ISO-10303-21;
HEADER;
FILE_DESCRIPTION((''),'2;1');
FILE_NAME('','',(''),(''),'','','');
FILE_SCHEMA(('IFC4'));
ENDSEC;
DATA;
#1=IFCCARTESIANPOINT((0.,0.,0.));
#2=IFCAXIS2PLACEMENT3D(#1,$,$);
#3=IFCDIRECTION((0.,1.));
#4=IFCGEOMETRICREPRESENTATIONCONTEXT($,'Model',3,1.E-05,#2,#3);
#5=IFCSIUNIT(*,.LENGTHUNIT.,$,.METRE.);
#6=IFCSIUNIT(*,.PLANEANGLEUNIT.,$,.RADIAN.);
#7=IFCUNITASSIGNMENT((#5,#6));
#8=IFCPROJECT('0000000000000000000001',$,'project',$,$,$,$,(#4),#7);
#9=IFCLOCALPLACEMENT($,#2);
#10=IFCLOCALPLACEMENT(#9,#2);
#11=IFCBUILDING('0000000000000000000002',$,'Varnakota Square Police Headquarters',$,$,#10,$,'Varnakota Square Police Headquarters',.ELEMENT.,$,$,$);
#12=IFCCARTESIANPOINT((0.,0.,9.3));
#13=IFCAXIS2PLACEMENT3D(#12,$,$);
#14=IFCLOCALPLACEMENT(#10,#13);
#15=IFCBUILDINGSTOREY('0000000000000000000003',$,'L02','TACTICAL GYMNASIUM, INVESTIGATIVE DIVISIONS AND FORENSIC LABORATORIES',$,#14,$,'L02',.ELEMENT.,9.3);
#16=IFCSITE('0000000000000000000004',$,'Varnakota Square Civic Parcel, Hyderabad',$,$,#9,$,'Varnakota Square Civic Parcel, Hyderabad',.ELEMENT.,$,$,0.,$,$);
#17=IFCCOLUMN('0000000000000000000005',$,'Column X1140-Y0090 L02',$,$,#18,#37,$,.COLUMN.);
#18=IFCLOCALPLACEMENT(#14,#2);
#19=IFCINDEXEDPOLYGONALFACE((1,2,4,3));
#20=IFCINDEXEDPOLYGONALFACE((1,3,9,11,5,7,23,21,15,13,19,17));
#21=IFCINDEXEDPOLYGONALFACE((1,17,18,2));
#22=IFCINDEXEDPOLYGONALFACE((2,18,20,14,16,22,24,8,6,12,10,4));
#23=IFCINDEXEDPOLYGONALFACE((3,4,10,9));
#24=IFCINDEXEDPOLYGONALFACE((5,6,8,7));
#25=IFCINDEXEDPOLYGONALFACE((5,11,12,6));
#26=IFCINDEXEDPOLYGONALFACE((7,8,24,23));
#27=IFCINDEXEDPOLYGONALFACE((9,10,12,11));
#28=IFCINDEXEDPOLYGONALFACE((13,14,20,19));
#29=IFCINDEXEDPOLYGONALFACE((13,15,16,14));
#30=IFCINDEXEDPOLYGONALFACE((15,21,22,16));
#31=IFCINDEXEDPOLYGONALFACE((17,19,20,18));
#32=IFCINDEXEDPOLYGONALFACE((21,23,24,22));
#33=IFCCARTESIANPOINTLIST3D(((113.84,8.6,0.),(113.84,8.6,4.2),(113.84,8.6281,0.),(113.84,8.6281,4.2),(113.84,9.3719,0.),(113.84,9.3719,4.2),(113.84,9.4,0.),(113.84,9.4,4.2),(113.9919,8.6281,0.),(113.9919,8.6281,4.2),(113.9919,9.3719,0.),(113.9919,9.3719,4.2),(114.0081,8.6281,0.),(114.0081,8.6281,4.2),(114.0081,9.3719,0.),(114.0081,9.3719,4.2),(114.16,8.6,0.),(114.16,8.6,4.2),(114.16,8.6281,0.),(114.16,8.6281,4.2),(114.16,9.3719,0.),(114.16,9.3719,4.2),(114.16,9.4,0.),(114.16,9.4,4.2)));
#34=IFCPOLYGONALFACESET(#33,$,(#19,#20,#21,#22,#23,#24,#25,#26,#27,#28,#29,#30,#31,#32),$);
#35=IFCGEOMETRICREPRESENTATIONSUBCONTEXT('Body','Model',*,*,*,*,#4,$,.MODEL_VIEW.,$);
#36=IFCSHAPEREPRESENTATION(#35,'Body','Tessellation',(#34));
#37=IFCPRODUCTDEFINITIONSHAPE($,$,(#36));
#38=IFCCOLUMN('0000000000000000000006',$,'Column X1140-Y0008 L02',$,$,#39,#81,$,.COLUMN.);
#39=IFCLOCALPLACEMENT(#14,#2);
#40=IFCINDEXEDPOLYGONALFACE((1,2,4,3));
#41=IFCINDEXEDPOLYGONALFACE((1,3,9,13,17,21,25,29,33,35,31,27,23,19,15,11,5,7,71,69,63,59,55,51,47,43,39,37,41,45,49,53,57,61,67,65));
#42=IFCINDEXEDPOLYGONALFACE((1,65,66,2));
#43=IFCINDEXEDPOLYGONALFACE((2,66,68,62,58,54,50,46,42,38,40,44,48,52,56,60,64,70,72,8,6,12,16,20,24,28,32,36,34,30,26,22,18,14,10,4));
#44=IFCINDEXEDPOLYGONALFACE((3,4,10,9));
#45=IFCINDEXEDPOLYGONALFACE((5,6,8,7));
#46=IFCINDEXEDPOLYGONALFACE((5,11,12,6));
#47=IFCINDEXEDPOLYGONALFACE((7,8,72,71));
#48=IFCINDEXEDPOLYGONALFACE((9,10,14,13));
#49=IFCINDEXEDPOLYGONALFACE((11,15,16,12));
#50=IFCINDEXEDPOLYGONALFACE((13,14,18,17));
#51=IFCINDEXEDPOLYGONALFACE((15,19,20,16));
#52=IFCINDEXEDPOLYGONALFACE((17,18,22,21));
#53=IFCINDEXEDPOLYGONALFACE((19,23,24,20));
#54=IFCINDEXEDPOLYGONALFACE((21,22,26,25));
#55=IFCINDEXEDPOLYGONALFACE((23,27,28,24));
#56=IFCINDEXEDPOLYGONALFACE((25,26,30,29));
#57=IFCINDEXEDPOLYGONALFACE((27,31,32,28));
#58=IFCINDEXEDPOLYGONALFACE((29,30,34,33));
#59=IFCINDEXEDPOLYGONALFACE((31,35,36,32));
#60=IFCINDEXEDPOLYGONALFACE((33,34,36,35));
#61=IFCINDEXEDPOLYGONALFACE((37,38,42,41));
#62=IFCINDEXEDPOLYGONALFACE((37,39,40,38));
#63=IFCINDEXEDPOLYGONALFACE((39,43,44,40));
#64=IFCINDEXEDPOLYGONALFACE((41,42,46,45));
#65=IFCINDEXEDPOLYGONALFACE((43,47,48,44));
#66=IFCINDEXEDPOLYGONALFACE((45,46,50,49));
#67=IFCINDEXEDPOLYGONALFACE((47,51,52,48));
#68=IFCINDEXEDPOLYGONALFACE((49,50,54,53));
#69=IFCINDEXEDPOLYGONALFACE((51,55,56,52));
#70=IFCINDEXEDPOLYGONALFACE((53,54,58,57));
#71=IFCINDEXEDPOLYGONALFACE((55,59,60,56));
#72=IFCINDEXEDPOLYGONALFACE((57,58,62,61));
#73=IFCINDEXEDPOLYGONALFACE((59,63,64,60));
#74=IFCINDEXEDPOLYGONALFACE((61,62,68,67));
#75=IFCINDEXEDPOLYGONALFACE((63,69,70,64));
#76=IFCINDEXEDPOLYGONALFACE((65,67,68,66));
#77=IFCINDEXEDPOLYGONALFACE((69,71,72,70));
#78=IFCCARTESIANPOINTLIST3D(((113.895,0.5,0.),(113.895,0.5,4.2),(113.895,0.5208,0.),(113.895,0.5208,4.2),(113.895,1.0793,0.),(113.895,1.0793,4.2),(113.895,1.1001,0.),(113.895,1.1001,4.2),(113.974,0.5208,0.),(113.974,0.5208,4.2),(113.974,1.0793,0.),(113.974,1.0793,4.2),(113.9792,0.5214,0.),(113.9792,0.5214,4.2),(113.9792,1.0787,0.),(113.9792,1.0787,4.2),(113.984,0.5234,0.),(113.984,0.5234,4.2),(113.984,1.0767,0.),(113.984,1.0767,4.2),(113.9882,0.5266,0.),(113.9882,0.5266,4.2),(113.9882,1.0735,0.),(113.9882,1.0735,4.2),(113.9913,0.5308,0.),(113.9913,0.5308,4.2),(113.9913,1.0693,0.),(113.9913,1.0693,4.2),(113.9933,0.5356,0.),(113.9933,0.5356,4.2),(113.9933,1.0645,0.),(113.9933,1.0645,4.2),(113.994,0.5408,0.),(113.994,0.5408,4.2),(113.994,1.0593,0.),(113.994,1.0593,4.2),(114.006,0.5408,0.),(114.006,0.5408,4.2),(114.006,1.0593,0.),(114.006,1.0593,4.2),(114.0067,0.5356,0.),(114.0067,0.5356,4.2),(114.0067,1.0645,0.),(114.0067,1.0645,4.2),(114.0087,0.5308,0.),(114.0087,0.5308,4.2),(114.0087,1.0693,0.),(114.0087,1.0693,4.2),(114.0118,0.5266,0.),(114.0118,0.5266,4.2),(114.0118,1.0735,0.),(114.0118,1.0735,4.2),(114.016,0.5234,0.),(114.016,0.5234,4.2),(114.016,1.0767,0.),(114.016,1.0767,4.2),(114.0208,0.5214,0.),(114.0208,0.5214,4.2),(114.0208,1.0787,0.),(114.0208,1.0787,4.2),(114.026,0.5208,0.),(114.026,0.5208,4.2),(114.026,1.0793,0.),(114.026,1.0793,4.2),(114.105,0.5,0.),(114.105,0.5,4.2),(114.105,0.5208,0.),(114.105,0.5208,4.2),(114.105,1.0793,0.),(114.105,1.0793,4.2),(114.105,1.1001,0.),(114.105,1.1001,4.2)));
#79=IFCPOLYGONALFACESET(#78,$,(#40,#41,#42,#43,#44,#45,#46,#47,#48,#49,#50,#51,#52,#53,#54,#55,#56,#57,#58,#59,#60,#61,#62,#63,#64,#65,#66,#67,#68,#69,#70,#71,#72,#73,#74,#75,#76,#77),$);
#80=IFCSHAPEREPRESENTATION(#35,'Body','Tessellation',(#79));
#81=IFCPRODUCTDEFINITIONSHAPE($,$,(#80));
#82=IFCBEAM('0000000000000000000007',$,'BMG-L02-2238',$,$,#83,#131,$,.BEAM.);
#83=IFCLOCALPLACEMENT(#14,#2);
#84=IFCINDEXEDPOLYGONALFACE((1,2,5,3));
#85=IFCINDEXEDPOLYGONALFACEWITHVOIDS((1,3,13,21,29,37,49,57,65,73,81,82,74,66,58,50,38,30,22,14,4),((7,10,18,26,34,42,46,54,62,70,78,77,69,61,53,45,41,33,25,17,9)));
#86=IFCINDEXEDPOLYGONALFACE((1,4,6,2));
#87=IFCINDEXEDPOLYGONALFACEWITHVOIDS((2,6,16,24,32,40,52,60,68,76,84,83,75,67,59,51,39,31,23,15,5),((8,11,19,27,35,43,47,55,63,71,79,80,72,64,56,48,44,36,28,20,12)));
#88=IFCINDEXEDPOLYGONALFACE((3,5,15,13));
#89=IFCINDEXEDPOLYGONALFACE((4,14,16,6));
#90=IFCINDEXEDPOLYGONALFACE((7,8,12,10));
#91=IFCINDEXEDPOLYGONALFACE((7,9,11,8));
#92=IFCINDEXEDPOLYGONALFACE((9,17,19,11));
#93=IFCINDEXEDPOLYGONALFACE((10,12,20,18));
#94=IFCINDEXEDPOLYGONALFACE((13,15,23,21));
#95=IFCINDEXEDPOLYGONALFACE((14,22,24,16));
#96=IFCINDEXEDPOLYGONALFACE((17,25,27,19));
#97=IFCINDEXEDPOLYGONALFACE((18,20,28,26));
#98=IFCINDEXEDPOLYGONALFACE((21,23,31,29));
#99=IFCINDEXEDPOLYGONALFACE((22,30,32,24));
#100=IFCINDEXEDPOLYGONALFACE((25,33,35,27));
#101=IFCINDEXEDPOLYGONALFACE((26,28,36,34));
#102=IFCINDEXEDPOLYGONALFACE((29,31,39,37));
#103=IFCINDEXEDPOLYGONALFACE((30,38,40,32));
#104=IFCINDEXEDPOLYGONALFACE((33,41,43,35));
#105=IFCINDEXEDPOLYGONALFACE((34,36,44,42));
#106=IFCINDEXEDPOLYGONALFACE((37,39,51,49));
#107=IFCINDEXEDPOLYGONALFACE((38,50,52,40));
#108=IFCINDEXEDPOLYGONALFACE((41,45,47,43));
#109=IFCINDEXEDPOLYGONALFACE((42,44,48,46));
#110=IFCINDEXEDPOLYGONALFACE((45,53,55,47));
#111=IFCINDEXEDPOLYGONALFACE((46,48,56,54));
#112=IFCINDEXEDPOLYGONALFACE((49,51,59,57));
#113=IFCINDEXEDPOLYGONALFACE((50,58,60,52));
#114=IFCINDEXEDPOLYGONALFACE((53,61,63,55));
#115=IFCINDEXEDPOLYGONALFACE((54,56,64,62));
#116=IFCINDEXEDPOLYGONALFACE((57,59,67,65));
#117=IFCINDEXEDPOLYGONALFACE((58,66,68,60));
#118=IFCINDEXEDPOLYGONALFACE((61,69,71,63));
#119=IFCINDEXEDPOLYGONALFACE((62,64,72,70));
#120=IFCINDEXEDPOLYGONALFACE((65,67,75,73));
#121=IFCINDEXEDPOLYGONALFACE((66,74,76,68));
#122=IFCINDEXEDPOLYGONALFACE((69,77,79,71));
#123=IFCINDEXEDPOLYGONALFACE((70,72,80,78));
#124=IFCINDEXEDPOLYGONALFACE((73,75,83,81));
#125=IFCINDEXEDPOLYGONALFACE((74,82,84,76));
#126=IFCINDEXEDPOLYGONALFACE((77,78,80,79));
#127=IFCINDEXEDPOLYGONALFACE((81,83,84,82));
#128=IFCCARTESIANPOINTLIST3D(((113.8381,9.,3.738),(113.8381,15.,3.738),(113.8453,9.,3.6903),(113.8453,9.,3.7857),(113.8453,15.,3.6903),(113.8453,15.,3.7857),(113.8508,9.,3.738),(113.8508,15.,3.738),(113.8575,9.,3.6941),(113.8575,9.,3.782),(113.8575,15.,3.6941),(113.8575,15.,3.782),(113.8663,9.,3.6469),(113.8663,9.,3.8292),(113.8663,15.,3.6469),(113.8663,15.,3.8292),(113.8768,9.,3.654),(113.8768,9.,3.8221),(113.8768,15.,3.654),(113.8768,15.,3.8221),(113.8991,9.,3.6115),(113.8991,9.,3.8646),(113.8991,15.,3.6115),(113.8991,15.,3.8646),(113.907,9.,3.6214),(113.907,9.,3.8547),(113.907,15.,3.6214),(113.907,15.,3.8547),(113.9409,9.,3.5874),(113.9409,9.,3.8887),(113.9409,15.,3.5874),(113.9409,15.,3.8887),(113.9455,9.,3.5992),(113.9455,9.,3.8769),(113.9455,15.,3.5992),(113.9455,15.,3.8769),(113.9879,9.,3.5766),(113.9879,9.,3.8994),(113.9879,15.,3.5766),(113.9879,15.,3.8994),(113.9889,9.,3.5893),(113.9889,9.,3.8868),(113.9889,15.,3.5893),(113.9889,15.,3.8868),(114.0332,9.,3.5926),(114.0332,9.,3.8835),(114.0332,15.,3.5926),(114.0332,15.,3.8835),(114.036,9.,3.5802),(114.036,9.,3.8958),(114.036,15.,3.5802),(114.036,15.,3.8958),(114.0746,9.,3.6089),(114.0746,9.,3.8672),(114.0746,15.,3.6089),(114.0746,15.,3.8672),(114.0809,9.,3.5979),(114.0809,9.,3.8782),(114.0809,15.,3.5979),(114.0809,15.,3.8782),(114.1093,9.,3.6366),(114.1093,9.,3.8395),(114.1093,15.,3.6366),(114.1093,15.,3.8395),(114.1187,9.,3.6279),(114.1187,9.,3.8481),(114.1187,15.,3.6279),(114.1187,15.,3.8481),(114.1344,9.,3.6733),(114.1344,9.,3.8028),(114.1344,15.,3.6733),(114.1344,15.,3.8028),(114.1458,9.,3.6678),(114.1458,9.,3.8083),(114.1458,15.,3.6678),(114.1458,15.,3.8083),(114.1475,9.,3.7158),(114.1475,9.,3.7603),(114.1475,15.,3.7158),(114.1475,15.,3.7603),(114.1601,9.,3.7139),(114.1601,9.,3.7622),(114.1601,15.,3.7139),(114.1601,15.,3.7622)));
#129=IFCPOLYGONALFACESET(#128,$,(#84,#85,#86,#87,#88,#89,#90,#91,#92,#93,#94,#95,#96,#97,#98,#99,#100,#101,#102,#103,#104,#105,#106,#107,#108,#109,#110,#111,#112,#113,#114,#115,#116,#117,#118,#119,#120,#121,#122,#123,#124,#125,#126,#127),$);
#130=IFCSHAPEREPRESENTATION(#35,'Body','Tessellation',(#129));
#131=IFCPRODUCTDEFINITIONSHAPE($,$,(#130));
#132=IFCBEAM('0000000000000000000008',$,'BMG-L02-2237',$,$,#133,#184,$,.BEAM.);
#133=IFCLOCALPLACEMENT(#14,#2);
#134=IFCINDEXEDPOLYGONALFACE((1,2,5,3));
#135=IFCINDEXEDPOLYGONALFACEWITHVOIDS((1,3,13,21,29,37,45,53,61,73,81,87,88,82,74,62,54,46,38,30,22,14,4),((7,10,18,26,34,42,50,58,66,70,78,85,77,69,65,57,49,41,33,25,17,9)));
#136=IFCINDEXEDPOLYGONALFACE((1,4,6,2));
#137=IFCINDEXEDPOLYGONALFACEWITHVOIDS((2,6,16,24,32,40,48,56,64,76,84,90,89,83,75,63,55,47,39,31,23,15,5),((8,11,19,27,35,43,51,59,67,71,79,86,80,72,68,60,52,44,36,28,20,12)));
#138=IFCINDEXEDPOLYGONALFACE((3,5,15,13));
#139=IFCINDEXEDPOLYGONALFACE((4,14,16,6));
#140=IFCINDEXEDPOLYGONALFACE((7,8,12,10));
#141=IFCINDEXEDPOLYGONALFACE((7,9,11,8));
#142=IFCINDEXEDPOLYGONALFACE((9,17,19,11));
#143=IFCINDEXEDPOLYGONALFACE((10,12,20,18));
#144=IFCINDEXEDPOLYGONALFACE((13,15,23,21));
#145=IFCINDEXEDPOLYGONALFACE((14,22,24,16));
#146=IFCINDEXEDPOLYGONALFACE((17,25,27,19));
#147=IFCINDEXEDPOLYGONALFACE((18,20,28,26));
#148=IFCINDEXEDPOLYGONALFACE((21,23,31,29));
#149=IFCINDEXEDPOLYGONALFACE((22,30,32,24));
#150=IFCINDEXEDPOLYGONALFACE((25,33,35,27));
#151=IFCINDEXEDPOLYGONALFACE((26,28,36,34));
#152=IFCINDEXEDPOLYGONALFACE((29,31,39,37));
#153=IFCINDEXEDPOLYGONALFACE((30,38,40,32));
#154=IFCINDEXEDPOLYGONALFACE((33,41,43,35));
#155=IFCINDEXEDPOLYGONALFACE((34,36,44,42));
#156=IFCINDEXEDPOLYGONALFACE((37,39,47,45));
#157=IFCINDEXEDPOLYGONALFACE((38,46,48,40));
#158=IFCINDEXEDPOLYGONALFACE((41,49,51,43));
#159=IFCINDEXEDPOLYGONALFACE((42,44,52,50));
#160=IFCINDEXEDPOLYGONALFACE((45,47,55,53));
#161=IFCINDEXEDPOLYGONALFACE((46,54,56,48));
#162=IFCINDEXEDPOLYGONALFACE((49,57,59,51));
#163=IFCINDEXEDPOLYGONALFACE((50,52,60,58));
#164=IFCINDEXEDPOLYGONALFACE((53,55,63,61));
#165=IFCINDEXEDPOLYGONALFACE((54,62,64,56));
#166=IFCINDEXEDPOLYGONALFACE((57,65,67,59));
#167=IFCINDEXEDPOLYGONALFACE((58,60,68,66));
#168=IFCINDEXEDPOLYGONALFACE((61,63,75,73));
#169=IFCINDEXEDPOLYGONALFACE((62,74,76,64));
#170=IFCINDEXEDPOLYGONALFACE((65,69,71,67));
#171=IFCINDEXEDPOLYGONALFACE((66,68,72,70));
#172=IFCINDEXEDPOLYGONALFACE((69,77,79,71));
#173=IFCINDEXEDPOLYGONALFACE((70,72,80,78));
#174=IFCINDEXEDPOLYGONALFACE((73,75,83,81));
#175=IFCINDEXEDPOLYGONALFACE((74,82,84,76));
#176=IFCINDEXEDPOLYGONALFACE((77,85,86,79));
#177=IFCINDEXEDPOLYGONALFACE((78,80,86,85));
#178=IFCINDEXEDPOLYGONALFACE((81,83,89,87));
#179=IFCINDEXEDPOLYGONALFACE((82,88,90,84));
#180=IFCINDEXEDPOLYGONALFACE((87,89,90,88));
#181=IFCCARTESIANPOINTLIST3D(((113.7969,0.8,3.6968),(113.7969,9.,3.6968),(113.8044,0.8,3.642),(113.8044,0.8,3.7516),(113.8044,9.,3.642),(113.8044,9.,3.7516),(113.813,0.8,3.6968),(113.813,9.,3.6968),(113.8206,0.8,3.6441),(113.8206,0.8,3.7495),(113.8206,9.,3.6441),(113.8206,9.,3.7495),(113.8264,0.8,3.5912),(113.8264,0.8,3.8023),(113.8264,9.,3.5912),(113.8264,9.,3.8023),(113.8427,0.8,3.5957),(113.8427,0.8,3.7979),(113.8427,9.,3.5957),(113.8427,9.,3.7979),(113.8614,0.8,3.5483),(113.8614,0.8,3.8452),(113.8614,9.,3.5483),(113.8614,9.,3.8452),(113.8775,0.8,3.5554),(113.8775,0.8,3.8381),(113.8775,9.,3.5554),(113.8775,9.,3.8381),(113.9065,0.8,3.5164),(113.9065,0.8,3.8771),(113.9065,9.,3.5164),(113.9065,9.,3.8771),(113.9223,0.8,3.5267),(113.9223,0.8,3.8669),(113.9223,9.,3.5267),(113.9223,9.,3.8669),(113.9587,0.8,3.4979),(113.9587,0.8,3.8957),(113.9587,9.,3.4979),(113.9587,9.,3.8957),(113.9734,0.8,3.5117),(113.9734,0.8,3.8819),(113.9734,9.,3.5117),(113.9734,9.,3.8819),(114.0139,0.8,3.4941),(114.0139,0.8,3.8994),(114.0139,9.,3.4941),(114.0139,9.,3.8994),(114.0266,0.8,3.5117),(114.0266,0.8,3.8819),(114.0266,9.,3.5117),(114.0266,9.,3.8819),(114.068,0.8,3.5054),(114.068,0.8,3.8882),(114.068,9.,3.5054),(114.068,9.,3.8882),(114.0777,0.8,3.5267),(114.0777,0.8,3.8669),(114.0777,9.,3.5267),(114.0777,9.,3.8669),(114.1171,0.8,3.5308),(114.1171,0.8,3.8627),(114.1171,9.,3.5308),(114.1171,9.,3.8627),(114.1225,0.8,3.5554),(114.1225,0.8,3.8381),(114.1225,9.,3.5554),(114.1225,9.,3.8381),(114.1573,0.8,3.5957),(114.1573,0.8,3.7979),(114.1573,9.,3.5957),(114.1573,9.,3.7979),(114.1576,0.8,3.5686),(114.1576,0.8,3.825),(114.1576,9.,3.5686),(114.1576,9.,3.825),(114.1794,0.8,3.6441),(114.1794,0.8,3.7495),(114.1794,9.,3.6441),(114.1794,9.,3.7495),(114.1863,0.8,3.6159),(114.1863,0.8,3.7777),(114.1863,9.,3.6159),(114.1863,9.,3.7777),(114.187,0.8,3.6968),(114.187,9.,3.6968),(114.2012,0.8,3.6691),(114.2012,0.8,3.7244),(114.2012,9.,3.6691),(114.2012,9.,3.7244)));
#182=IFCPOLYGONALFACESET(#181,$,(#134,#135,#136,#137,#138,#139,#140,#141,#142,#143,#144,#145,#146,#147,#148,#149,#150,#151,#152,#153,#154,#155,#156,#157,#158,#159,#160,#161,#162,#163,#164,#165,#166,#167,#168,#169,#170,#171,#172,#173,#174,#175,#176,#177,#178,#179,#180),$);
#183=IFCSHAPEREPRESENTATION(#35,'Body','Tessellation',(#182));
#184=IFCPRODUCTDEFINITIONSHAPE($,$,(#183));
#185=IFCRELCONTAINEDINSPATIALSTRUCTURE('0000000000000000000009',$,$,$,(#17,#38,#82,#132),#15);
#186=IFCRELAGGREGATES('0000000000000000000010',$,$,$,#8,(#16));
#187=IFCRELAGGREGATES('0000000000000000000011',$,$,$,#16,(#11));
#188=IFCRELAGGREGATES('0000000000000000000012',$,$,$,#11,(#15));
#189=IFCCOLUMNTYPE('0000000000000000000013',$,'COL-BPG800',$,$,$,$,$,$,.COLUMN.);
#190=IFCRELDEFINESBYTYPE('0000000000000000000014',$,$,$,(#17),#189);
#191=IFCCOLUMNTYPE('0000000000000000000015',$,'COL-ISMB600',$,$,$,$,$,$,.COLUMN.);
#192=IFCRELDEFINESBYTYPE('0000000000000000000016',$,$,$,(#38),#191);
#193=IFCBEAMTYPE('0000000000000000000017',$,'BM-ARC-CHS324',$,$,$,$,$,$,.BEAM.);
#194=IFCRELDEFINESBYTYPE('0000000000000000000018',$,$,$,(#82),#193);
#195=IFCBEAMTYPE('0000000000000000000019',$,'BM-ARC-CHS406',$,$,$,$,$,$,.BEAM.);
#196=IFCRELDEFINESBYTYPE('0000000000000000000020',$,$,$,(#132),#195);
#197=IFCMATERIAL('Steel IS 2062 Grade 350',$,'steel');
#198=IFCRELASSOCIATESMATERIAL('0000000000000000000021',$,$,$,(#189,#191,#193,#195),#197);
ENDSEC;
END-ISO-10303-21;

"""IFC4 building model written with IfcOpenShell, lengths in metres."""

from ifc_helpers import new_model, si_unit, direction, frame, origin, origin_2d, place, context, subcontext, project, spatial, hollow_circle, i_section, extrude, material, material_profile, profile_set, type_object, element, save


model = new_model("IFC4")

# Units and contexts
model_context = context("Model", 3, precision=1e-05, world=origin(), true_north=direction((0.0, 1.0)))
body_context = subcontext(model_context, "Body", "Model", "MODEL_VIEW")
ifc_project = project(units=[si_unit("LENGTHUNIT", "METRE"), si_unit("PLANEANGLEUNIT", "RADIAN")], contexts=[model_context])

# Site, building, storey
site_placement = place(None, origin())
site = spatial("IfcSite", under=ifc_project, at=site_placement, Name="Varnakota Square Civic Parcel, Hyderabad", LongName="Varnakota Square Civic Parcel, Hyderabad", CompositionType="ELEMENT", RefElevation=0.0)
building_placement = place(site_placement, origin())
building = spatial("IfcBuilding", under=site, at=building_placement, Name="Varnakota Square Police Headquarters", LongName="Varnakota Square Police Headquarters", CompositionType="ELEMENT")
storey_placement = place(building_placement, frame((0.0, 0.0, 9.3)))
storey = spatial("IfcBuildingStorey", under=building, at=storey_placement, Name="L02", Description="TACTICAL GYMNASIUM, INVESTIGATIVE DIVISIONS AND FORENSIC LABORATORIES", LongName="L02", CompositionType="ELEMENT", Elevation=9.3)

# Columns
ifc_material_1 = material(Name="Steel IS 2062 Grade 350", Category="steel")
ifc_material_profile_1 = material_profile(ifc_material_1, i_section(OverallWidth=0.3201, OverallDepth=0.8, WebThickness=0.0161, FlangeThickness=0.0281, at=origin_2d()), Name="BPG 800x320")
ifc_profile_set_1 = profile_set([ifc_material_profile_1], Name="Steel IS 2062 Grade 350")
column_type_1 = type_object("IfcColumnType", Name="COL-BPG800", PredefinedType="COLUMN", material=ifc_profile_set_1)
column_1_placement = place(storey_placement, frame((114.0, 9.0, 0.0), z_axis=(0.0, 0.0, 1.0), x_axis=(1.0, 0.0, 0.0)))
element("IfcColumn", 1, at=column_1_placement, inside=storey, type_object=column_type_1, Name="Column X1140-Y0090 L02", PredefinedType="COLUMN", context=body_context, shape_type="SweptSolid", body=[
    extrude(i_section(OverallWidth=0.3201, OverallDepth=0.8, WebThickness=0.0161, FlangeThickness=0.0281, at=origin_2d()), origin(), (0.0, 0.0, 1.0), 4.2),
])
ifc_material_profile_2 = material_profile(ifc_material_1, i_section(OverallWidth=0.21, OverallDepth=0.6001, WebThickness=0.012, FlangeThickness=0.0208, FilletRadius=0.02, at=origin_2d()), Name="ISMB 600")
ifc_profile_set_2 = profile_set([ifc_material_profile_2], Name="Steel IS 2062 Grade 350")
column_type_2 = type_object("IfcColumnType", Name="COL-ISMB600", PredefinedType="COLUMN", material=ifc_profile_set_2)
column_2_placement = place(storey_placement, frame((114.0, 0.8, 0.0), z_axis=(0.0, 0.0, 1.0), x_axis=(1.0, 0.0, 0.0)))
element("IfcColumn", 2, at=column_2_placement, inside=storey, type_object=column_type_2, Name="Column X1140-Y0008 L02", PredefinedType="COLUMN", context=body_context, shape_type="SweptSolid", body=[
    extrude(i_section(OverallWidth=0.21, OverallDepth=0.6001, WebThickness=0.012, FlangeThickness=0.0208, FilletRadius=0.02, at=origin_2d()), origin(), (0.0, 0.0, 1.0), 4.2),
])

# Beams
ifc_material_profile_3 = material_profile(ifc_material_1, hollow_circle(Radius=0.1619, WallThickness=0.0127, at=origin_2d()), Name="CHS 323.9x12.7")
ifc_profile_set_3 = profile_set([ifc_material_profile_3], Name="Steel IS 2062 Grade 350")
beam_type_1 = type_object("IfcBeamType", Name="BM-ARC-CHS324", PredefinedType="BEAM", material=ifc_profile_set_3)
beam_1_placement = place(storey_placement, frame((114.0, 9.0, 3.738), z_axis=(0.0, 1.0, 0.0), x_axis=(-1.0, 0.0, 0.0)))
element("IfcBeam", 3, at=beam_1_placement, inside=storey, type_object=beam_type_1, Name="BMG-L02-2238", PredefinedType="BEAM", context=body_context, shape_type="SweptSolid", body=[
    extrude(hollow_circle(Radius=0.1619, WallThickness=0.0127, at=origin_2d()), origin(), (0.0, 0.0, 1.0), 6.0),
])
ifc_material_profile_4 = material_profile(ifc_material_1, hollow_circle(Radius=0.2031, WallThickness=0.0161, at=origin_2d()), Name="CHS 406.4x16.0")
ifc_profile_set_4 = profile_set([ifc_material_profile_4], Name="Steel IS 2062 Grade 350")
beam_type_2 = type_object("IfcBeamType", Name="BM-ARC-CHS406", PredefinedType="BEAM", material=ifc_profile_set_4)
beam_2_placement = place(storey_placement, frame((114.0, 0.8, 3.6968), z_axis=(0.0, 1.0, 0.0), x_axis=(-1.0, 0.0, 0.0)))
element("IfcBeam", 4, at=beam_2_placement, inside=storey, type_object=beam_type_2, Name="BMG-L02-2237", PredefinedType="BEAM", context=body_context, shape_type="SweptSolid", body=[
    extrude(hollow_circle(Radius=0.2031, WallThickness=0.0161, at=origin_2d()), origin(), (0.0, 0.0, 1.0), 8.2),
])

save(model, "model.ifc")
